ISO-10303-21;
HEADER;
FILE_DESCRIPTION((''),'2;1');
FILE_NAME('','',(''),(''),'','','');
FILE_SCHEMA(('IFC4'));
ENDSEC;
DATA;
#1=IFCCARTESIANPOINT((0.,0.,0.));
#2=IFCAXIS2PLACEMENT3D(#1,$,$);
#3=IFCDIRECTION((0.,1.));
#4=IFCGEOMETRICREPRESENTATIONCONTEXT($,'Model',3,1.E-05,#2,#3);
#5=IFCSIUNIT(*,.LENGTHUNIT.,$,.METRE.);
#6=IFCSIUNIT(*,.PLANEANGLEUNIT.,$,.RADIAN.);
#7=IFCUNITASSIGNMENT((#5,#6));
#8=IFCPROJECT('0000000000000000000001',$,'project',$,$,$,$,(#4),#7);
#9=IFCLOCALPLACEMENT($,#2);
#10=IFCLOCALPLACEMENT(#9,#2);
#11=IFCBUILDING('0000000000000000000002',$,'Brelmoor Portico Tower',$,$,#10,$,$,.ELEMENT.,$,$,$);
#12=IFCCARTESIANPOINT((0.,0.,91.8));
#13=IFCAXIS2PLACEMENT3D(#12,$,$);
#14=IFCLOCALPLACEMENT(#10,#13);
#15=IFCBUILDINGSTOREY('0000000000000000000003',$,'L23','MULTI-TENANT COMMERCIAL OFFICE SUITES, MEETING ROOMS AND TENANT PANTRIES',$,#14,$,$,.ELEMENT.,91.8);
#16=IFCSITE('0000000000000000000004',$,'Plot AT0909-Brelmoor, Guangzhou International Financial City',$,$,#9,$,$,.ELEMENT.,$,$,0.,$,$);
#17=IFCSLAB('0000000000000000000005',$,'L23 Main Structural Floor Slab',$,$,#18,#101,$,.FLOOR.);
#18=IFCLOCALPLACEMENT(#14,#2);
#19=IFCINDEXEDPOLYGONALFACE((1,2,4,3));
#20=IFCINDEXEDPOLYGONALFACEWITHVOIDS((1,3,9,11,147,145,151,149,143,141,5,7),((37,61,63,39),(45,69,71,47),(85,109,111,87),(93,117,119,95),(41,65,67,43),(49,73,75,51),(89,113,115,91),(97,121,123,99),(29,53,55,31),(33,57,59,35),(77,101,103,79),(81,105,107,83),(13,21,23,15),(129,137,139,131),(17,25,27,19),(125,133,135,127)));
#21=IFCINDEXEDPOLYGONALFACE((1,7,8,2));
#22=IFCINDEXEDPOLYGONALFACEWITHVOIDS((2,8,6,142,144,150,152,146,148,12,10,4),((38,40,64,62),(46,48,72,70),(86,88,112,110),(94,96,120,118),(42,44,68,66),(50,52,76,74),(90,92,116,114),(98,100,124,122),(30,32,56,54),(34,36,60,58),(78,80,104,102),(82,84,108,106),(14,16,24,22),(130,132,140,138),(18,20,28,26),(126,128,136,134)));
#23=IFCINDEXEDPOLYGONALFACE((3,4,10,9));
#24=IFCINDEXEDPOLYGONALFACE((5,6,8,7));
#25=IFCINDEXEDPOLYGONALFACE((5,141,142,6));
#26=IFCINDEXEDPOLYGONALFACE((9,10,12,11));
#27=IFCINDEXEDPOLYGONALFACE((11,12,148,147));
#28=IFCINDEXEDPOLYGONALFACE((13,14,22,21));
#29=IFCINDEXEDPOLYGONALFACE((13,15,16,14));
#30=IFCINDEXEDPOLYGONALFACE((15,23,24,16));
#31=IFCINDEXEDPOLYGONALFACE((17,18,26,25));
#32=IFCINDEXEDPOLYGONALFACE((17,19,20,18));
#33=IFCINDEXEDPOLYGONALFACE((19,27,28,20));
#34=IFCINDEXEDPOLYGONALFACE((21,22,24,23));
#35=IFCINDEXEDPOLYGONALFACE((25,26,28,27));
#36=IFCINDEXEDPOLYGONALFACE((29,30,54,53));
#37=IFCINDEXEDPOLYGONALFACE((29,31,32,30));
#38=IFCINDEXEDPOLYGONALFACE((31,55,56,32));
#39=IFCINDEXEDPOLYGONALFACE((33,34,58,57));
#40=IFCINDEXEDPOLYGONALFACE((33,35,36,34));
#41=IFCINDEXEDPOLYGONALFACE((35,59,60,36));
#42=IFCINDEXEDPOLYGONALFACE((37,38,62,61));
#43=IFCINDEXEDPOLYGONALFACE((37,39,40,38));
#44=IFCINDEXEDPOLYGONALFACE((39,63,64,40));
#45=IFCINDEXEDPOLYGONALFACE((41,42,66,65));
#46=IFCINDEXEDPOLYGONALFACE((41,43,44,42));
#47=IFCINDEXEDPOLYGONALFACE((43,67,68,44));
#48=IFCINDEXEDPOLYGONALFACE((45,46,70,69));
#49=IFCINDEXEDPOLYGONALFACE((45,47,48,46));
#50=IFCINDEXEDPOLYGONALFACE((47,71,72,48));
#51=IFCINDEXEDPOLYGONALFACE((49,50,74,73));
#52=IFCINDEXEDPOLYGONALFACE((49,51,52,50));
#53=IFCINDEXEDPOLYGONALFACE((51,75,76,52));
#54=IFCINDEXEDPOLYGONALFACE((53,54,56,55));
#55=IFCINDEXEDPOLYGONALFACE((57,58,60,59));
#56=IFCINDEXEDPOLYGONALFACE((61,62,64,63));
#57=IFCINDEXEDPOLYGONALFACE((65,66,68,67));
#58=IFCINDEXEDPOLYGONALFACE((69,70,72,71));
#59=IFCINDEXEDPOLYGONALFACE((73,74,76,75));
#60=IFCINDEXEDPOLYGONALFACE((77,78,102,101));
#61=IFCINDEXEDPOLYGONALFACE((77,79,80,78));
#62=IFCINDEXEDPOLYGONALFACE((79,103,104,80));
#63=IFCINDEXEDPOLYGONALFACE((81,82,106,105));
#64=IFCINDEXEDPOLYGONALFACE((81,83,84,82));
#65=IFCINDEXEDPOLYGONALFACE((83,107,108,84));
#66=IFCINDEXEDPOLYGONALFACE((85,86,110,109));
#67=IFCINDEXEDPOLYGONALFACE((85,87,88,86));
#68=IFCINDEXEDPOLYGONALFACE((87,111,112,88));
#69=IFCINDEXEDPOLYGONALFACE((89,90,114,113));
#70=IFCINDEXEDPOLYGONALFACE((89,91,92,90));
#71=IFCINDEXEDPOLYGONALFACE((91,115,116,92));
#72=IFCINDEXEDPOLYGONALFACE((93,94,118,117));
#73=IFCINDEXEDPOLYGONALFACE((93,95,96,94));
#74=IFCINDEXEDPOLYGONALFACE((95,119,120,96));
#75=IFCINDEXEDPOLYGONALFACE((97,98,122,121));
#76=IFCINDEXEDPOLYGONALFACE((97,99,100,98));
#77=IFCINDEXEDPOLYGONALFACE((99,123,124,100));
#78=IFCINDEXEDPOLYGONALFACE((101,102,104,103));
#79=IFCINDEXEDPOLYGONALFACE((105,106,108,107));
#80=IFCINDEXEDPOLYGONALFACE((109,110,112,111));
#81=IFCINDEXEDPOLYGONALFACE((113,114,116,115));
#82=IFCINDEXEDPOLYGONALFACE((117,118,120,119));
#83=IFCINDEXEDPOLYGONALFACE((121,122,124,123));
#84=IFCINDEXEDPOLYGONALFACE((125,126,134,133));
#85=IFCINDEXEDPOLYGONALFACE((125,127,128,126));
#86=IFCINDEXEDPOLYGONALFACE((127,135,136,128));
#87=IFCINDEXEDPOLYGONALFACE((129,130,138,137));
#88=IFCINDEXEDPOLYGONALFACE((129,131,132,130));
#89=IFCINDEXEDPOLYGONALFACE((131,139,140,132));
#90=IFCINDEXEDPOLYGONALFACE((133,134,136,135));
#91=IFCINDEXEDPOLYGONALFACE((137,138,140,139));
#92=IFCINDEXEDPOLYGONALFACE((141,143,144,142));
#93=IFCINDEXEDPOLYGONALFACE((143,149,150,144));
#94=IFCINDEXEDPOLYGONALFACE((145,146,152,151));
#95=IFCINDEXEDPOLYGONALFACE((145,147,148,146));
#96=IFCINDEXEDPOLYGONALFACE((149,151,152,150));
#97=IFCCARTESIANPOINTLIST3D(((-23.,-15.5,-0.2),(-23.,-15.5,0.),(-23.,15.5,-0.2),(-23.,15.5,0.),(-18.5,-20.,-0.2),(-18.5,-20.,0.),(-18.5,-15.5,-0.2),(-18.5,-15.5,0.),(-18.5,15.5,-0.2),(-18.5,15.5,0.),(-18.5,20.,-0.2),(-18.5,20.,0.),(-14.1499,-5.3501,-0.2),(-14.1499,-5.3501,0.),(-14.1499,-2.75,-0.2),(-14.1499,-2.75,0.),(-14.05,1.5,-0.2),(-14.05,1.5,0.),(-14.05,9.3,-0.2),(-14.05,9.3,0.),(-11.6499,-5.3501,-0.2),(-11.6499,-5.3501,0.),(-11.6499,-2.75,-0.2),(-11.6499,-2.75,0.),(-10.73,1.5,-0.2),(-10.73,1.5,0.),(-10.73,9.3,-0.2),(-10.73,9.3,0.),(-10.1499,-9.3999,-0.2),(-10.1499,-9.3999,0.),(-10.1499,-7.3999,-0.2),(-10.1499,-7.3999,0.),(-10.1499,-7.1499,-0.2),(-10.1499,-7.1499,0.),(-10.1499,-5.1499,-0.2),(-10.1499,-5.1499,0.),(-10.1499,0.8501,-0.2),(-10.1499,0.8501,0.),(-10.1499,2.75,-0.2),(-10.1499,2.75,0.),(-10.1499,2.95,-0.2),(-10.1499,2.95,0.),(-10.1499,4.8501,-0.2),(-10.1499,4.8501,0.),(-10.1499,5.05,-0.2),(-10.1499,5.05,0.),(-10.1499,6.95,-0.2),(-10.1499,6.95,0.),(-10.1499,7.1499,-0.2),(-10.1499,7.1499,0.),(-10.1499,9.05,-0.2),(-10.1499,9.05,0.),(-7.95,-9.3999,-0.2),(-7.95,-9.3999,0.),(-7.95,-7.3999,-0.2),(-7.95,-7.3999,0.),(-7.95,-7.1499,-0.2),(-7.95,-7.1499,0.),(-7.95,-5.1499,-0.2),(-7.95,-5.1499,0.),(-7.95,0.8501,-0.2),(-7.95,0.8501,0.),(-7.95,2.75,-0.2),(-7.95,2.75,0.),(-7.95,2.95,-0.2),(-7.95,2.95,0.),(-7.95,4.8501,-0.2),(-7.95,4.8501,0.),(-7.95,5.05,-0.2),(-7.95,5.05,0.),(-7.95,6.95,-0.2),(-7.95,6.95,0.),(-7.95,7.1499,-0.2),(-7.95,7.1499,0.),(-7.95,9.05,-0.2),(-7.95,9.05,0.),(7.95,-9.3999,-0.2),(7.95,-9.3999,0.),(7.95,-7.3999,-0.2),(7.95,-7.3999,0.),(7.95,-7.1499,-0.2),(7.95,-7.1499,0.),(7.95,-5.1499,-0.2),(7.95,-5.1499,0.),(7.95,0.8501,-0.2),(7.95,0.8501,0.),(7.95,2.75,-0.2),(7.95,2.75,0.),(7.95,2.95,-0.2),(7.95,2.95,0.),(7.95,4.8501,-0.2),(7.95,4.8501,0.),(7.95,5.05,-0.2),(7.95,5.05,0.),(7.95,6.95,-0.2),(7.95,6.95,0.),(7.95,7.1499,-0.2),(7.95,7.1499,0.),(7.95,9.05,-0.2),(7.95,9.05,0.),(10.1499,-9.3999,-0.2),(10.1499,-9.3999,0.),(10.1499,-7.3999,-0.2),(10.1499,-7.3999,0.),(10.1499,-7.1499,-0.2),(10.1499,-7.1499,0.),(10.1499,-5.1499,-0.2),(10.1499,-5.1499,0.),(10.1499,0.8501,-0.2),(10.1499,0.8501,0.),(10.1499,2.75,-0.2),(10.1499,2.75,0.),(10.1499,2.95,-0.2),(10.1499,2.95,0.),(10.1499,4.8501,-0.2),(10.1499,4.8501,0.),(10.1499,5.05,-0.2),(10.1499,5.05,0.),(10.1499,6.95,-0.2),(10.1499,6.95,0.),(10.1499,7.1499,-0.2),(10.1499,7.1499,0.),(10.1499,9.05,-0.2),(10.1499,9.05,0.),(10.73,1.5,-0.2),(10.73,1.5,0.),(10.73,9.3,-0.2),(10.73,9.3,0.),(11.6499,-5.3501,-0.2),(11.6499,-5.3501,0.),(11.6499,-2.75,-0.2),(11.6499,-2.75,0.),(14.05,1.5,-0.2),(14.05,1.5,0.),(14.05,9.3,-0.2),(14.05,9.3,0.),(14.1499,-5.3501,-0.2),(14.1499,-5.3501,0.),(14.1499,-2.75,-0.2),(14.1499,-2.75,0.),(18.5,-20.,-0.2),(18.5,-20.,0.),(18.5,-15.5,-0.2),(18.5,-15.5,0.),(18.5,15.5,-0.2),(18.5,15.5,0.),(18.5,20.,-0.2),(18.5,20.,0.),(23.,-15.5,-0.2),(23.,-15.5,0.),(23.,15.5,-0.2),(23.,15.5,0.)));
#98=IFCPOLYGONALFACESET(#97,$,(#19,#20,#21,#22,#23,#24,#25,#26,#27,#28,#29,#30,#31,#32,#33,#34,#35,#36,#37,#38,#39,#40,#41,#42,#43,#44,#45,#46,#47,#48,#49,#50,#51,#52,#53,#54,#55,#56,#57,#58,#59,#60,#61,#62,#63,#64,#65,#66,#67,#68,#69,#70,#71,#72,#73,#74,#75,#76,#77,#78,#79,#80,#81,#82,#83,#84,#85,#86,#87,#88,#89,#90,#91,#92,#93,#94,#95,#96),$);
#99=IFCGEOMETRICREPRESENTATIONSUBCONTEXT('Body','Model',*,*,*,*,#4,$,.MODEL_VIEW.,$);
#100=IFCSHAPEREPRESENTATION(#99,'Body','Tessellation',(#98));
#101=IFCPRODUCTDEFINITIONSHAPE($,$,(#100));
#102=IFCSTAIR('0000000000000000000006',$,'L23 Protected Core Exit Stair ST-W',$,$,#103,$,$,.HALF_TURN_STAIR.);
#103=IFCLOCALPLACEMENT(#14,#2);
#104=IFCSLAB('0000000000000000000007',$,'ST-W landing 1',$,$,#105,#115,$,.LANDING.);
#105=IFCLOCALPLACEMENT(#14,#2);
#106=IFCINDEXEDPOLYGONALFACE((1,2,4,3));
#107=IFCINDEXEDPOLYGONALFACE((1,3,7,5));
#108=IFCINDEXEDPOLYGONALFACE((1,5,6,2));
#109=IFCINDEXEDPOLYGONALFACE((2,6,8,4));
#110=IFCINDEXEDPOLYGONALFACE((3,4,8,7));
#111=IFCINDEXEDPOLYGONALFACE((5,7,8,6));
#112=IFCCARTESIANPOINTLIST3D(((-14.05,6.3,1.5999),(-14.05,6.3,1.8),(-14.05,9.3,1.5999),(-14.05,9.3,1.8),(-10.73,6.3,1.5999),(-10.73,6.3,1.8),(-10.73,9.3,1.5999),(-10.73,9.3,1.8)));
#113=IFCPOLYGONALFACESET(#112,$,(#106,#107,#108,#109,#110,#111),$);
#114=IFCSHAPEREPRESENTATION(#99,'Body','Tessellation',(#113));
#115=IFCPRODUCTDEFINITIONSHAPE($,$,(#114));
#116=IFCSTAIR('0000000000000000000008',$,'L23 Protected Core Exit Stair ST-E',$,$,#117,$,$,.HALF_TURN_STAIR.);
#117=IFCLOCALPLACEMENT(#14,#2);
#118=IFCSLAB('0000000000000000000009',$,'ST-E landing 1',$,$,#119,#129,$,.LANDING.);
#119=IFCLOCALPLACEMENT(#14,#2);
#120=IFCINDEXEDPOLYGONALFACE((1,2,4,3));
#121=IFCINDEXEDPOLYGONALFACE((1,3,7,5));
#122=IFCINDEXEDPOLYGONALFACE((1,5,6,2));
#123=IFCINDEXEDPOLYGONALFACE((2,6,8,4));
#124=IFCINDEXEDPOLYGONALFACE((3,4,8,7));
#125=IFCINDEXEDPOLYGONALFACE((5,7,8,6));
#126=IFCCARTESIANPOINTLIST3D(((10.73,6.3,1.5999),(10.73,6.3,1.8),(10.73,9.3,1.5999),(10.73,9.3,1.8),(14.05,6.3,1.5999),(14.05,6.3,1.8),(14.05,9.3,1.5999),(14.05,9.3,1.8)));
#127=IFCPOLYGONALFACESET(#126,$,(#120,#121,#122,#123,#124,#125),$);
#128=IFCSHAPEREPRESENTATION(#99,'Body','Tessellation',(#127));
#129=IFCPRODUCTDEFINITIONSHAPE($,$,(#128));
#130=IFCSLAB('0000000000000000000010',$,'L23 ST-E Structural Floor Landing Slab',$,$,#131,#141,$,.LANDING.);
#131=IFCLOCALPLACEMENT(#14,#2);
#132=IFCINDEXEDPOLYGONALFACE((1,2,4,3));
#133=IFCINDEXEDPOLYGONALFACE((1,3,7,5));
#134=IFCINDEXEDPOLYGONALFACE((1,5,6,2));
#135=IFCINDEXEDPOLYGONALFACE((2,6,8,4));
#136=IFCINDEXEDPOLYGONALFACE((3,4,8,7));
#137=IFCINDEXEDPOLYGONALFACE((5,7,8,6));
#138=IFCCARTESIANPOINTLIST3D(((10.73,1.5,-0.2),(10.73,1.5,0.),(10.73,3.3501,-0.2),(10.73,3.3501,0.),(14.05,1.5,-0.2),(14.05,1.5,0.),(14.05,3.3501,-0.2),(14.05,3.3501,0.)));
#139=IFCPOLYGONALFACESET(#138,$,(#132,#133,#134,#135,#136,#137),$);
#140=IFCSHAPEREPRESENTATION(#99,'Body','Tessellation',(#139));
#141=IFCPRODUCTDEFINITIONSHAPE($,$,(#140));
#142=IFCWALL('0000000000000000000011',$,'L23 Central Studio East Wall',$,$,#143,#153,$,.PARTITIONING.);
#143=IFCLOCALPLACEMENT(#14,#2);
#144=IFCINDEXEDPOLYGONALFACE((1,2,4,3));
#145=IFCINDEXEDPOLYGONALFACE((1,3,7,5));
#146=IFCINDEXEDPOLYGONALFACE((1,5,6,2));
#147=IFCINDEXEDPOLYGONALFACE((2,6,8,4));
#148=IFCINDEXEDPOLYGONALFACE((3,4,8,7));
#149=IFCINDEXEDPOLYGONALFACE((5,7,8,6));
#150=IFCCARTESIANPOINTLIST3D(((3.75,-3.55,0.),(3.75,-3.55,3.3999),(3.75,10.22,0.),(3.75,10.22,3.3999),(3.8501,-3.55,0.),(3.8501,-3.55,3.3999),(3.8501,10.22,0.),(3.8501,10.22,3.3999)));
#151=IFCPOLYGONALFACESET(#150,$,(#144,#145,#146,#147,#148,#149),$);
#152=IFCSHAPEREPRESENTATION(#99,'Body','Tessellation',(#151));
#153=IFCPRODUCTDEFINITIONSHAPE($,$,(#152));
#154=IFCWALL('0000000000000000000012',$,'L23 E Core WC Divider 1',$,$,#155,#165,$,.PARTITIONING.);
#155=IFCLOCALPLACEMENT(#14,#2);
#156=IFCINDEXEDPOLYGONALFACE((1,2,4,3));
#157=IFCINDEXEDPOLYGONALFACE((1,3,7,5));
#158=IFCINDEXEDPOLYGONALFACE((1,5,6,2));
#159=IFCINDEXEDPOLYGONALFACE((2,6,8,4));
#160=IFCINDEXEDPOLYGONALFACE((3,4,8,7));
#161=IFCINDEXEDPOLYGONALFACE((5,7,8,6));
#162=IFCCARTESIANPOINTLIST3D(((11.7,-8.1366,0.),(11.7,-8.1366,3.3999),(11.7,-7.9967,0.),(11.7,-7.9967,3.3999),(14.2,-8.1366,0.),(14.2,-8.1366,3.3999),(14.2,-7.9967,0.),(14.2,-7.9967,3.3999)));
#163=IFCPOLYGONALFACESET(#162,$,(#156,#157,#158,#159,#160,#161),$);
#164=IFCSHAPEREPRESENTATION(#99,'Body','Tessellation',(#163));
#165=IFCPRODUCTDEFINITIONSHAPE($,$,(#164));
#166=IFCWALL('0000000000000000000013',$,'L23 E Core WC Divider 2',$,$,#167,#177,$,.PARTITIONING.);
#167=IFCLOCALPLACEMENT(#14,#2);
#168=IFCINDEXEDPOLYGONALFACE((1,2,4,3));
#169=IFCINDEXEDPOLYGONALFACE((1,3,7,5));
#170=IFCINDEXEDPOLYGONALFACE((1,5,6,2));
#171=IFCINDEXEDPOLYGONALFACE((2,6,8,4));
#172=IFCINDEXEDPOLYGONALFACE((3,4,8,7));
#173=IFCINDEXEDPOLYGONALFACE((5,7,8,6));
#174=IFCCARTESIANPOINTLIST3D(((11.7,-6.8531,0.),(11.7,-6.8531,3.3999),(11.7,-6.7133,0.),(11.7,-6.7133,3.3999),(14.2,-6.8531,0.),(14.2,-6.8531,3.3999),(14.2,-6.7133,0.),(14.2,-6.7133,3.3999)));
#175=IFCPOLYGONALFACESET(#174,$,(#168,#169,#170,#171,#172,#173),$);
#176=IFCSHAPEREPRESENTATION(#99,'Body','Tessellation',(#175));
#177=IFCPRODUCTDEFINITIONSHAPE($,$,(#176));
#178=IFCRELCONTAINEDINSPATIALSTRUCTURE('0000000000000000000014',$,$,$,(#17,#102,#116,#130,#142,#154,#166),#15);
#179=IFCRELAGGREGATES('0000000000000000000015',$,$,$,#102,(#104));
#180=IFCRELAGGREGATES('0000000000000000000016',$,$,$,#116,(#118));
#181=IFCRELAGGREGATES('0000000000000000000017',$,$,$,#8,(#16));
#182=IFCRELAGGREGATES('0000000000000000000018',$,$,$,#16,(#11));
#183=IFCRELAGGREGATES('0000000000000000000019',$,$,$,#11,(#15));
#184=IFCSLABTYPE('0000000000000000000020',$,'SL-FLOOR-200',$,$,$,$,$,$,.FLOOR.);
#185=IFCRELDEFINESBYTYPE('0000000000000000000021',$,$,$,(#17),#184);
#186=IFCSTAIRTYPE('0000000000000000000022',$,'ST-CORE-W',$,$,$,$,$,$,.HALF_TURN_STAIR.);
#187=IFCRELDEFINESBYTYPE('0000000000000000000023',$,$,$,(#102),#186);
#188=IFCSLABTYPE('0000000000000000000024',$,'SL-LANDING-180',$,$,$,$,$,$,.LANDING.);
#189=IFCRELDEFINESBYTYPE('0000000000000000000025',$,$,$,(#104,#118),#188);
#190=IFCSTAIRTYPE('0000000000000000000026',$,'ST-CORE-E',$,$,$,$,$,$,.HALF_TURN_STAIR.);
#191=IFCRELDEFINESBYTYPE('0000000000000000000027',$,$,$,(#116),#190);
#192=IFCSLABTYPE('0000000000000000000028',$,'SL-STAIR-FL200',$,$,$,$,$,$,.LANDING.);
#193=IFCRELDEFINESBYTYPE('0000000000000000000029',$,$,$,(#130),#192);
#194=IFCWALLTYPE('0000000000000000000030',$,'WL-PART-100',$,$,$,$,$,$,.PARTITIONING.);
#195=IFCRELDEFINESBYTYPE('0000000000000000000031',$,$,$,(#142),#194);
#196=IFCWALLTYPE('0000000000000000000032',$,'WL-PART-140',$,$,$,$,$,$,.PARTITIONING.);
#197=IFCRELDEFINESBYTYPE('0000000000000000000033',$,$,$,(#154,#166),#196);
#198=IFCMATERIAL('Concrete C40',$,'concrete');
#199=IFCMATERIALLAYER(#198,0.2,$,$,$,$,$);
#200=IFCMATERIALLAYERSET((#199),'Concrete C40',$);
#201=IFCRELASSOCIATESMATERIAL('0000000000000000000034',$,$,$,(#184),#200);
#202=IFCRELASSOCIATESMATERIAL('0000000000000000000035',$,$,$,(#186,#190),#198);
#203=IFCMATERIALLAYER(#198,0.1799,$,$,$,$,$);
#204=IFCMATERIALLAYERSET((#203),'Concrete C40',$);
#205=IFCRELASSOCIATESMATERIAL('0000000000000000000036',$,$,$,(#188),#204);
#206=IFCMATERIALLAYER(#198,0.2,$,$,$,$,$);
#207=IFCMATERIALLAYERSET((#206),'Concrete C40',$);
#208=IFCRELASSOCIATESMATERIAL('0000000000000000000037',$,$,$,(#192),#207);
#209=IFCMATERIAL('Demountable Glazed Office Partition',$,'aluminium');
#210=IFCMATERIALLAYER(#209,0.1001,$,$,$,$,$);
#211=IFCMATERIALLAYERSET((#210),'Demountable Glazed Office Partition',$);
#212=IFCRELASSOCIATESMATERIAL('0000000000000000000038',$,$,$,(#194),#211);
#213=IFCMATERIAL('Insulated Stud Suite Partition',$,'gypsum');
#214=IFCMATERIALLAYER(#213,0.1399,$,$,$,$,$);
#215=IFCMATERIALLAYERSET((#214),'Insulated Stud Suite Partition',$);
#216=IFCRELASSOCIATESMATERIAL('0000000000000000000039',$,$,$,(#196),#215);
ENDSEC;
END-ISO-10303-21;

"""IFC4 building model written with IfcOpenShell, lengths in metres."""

from ifc_helpers import new_model, si_unit, direction, frame, frame_2d, origin, place, context, subcontext, project, spatial, polyline, rectangle, outline, extrude, material, layer, layer_set, type_object, element, aggregate, save


model = new_model("IFC4")

# Units and contexts
model_context = context("Model", 3, precision=1e-05, world=origin(), true_north=direction((0.0, 1.0)))
body_context = subcontext(model_context, "Body", "Model", "MODEL_VIEW")
ifc_project = project(units=[si_unit("LENGTHUNIT", "METRE"), si_unit("PLANEANGLEUNIT", "RADIAN")], contexts=[model_context])

# Site, building, storey
site_placement = place(None, origin())
site = spatial("IfcSite", under=ifc_project, at=site_placement, Name="Plot AT0909-Brelmoor, Guangzhou International Financial City", CompositionType="ELEMENT", RefElevation=0.0)
building_placement = place(site_placement, origin())
building = spatial("IfcBuilding", under=site, at=building_placement, Name="Brelmoor Portico Tower", CompositionType="ELEMENT")
storey_placement = place(building_placement, frame((0.0, 0.0, 91.8)))
storey = spatial("IfcBuildingStorey", under=building, at=storey_placement, Name="L23", Description="MULTI-TENANT COMMERCIAL OFFICE SUITES, MEETING ROOMS AND TENANT PANTRIES", CompositionType="ELEMENT", Elevation=91.8)

# Slab
ifc_material_1 = material(Name="Concrete C40", Category="concrete")
ifc_layer_1 = layer(ifc_material_1, 0.2)
ifc_layer_set_1 = layer_set([ifc_layer_1], Name="Concrete C40")
slab_type_1 = type_object("IfcSlabType", Name="SL-FLOOR-200", PredefinedType="FLOOR", material=ifc_layer_set_1)
slab_1_placement = place(storey_placement, frame((0.0, 0.0, -0.2)))
element("IfcSlab", 1, at=slab_1_placement, inside=storey, type_object=slab_type_1, Name="L23 Main Structural Floor Slab", PredefinedType="FLOOR", context=body_context, shape_type="SweptSolid", body=[
    extrude(outline(polyline([(-18.5, -20.0), (18.5, -20.0), (18.5, -15.5), (23.0, -15.5), (23.0, 15.5), (18.5, 15.5), (18.5, 20.0), (-18.5, 20.0), (-18.5, 15.5), (-23.0, 15.5), (-23.0, -15.5), (-18.5, -15.5), (-18.5, -20.0)]), holes=[polyline([(-10.73, 1.5), (-10.73, 9.3), (-14.05, 9.3), (-14.05, 1.5), (-10.73, 1.5)]), polyline([(14.05, 1.5), (14.05, 9.3), (10.73, 9.3), (10.73, 1.5), (14.05, 1.5)]), polyline([(-10.1499, 0.8501), (-7.95, 0.8501), (-7.95, 2.75), (-10.1499, 2.75), (-10.1499, 0.8501)]), polyline([(-10.1499, 2.95), (-7.95, 2.95), (-7.95, 4.8501), (-10.1499, 4.8501), (-10.1499, 2.95)]), polyline([(-10.1499, 5.05), (-7.95, 5.05), (-7.95, 6.95), (-10.1499, 6.95), (-10.1499, 5.05)]), polyline([(-10.1499, 7.1499), (-7.95, 7.1499), (-7.95, 9.05), (-10.1499, 9.05), (-10.1499, 7.1499)]), polyline([(7.95, 0.8501), (10.1499, 0.8501), (10.1499, 2.75), (7.95, 2.75), (7.95, 0.8501)]), polyline([(7.95, 2.95), (10.1499, 2.95), (10.1499, 4.8501), (7.95, 4.8501), (7.95, 2.95)]), polyline([(7.95, 5.05), (10.1499, 5.05), (10.1499, 6.95), (7.95, 6.95), (7.95, 5.05)]), polyline([(7.95, 7.1499), (10.1499, 7.1499), (10.1499, 9.05), (7.95, 9.05), (7.95, 7.1499)]), polyline([(-10.1499, -9.3999), (-7.95, -9.3999), (-7.95, -7.3999), (-10.1499, -7.3999), (-10.1499, -9.3999)]), polyline([(-10.1499, -7.1499), (-7.95, -7.1499), (-7.95, -5.1499), (-10.1499, -5.1499), (-10.1499, -7.1499)]), polyline([(7.95, -9.3999), (10.1499, -9.3999), (10.1499, -7.3999), (7.95, -7.3999), (7.95, -9.3999)]), polyline([(7.95, -7.1499), (10.1499, -7.1499), (10.1499, -5.1499), (7.95, -5.1499), (7.95, -7.1499)]), polyline([(-14.1499, -5.3501), (-11.6499, -5.3501), (-11.6499, -2.75), (-14.1499, -2.75), (-14.1499, -5.3501)]), polyline([(11.6499, -5.3501), (14.1499, -5.3501), (14.1499, -2.75), (11.6499, -2.75), (11.6499, -5.3501)])]), origin(), (0.0, 0.0, 1.0), 0.2),
])

# Stairs, slabs
stair_type_1 = type_object("IfcStairType", Name="ST-CORE-W", PredefinedType="HALF_TURN_STAIR", material=ifc_material_1)
stair_1_placement = place(storey_placement, origin())
stair_1 = element("IfcStair", 2, at=stair_1_placement, inside=storey, type_object=stair_type_1, Name="L23 Protected Core Exit Stair ST-W", PredefinedType="HALF_TURN_STAIR")
ifc_layer_2 = layer(ifc_material_1, 0.1799)
ifc_layer_set_2 = layer_set([ifc_layer_2], Name="Concrete C40")
slab_type_2 = type_object("IfcSlabType", Name="SL-LANDING-180", PredefinedType="LANDING", material=ifc_layer_set_2)
slab_2_placement = place(storey_placement, frame((0.0, 0.0, 1.5999)))
slab_2 = element("IfcSlab", 3, at=slab_2_placement, type_object=slab_type_2, Name="ST-W landing 1", PredefinedType="LANDING", context=body_context, shape_type="SweptSolid", body=[
    extrude(outline(polyline([(-10.73, 6.3), (-10.73, 9.3), (-14.05, 9.3), (-14.05, 6.3), (-10.73, 6.3)])), origin(), (0.0, 0.0, 1.0), 0.2002),
])
aggregate(stair_1, [slab_2])
stair_type_2 = type_object("IfcStairType", Name="ST-CORE-E", PredefinedType="HALF_TURN_STAIR", material=ifc_material_1)
stair_2_placement = place(storey_placement, origin())
stair_2 = element("IfcStair", 4, at=stair_2_placement, inside=storey, type_object=stair_type_2, Name="L23 Protected Core Exit Stair ST-E", PredefinedType="HALF_TURN_STAIR")
slab_3_placement = place(storey_placement, frame((0.0, 0.0, 1.5999)))
slab_3 = element("IfcSlab", 5, at=slab_3_placement, type_object=slab_type_2, Name="ST-E landing 1", PredefinedType="LANDING", context=body_context, shape_type="SweptSolid", body=[
    extrude(outline(polyline([(14.05, 6.3), (14.05, 9.3), (10.73, 9.3), (10.73, 6.3), (14.05, 6.3)])), origin(), (0.0, 0.0, 1.0), 0.2002),
])
aggregate(stair_2, [slab_3])

# Slab
ifc_layer_3 = layer(ifc_material_1, 0.2)
ifc_layer_set_3 = layer_set([ifc_layer_3], Name="Concrete C40")
slab_type_3 = type_object("IfcSlabType", Name="SL-STAIR-FL200", PredefinedType="LANDING", material=ifc_layer_set_3)
slab_4_placement = place(storey_placement, frame((0.0, 0.0, -0.2)))
element("IfcSlab", 6, at=slab_4_placement, inside=storey, type_object=slab_type_3, Name="L23 ST-E Structural Floor Landing Slab", PredefinedType="LANDING", context=body_context, shape_type="SweptSolid", body=[
    extrude(outline(polyline([(14.05, 1.5), (14.05, 3.3501), (10.73, 3.3501), (10.73, 1.5), (14.05, 1.5)])), origin(), (0.0, 0.0, 1.0), 0.2),
])

# Walls
ifc_material_2 = material(Name="Demountable Glazed Office Partition", Category="aluminium")
ifc_layer_4 = layer(ifc_material_2, 0.1001)
ifc_layer_set_4 = layer_set([ifc_layer_4], Name="Demountable Glazed Office Partition")
wall_type_1 = type_object("IfcWallType", Name="WL-PART-100", PredefinedType="PARTITIONING", material=ifc_layer_set_4)
wall_1_placement = place(storey_placement, frame((3.8, -3.55, 0.0), z_axis=(0.0, 0.0, 1.0), x_axis=(0.0, 1.0, 0.0)))
element("IfcWall", 7, at=wall_1_placement, inside=storey, type_object=wall_type_1, Name="L23 Central Studio East Wall", PredefinedType="PARTITIONING", context=body_context, shape_type="SweptSolid", body=[
    extrude(rectangle(XDim=13.77, YDim=0.1001, at=frame_2d((6.885, 0.0))), origin(), (0.0, 0.0, 1.0), 3.3999),
])
ifc_material_3 = material(Name="Insulated Stud Suite Partition", Category="gypsum")
ifc_layer_5 = layer(ifc_material_3, 0.1399)
ifc_layer_set_5 = layer_set([ifc_layer_5], Name="Insulated Stud Suite Partition")
wall_type_2 = type_object("IfcWallType", Name="WL-PART-140", PredefinedType="PARTITIONING", material=ifc_layer_set_5)
for number, where, z_axis, x_axis, name in (
    (8, (11.7, -8.0667, 0.0), (0.0, 0.0, 1.0), (1.0, 0.0, 0.0), "L23 E Core WC Divider 1"),
    (9, (11.7, -6.7832, 0.0), (0.0, 0.0, 1.0), (1.0, 0.0, 0.0), "L23 E Core WC Divider 2"),
):
    element("IfcWall", number, at=place(storey_placement, frame(where, z_axis=z_axis, x_axis=x_axis)), inside=storey, type_object=wall_type_2, Name=name, PredefinedType="PARTITIONING", context=body_context, shape_type="SweptSolid", body=[
        extrude(rectangle(XDim=2.5, YDim=0.1399, at=frame_2d((1.25, 0.0))), origin(), (0.0, 0.0, 1.0), 3.3999),
    ])

save(model, "model.ifc")
